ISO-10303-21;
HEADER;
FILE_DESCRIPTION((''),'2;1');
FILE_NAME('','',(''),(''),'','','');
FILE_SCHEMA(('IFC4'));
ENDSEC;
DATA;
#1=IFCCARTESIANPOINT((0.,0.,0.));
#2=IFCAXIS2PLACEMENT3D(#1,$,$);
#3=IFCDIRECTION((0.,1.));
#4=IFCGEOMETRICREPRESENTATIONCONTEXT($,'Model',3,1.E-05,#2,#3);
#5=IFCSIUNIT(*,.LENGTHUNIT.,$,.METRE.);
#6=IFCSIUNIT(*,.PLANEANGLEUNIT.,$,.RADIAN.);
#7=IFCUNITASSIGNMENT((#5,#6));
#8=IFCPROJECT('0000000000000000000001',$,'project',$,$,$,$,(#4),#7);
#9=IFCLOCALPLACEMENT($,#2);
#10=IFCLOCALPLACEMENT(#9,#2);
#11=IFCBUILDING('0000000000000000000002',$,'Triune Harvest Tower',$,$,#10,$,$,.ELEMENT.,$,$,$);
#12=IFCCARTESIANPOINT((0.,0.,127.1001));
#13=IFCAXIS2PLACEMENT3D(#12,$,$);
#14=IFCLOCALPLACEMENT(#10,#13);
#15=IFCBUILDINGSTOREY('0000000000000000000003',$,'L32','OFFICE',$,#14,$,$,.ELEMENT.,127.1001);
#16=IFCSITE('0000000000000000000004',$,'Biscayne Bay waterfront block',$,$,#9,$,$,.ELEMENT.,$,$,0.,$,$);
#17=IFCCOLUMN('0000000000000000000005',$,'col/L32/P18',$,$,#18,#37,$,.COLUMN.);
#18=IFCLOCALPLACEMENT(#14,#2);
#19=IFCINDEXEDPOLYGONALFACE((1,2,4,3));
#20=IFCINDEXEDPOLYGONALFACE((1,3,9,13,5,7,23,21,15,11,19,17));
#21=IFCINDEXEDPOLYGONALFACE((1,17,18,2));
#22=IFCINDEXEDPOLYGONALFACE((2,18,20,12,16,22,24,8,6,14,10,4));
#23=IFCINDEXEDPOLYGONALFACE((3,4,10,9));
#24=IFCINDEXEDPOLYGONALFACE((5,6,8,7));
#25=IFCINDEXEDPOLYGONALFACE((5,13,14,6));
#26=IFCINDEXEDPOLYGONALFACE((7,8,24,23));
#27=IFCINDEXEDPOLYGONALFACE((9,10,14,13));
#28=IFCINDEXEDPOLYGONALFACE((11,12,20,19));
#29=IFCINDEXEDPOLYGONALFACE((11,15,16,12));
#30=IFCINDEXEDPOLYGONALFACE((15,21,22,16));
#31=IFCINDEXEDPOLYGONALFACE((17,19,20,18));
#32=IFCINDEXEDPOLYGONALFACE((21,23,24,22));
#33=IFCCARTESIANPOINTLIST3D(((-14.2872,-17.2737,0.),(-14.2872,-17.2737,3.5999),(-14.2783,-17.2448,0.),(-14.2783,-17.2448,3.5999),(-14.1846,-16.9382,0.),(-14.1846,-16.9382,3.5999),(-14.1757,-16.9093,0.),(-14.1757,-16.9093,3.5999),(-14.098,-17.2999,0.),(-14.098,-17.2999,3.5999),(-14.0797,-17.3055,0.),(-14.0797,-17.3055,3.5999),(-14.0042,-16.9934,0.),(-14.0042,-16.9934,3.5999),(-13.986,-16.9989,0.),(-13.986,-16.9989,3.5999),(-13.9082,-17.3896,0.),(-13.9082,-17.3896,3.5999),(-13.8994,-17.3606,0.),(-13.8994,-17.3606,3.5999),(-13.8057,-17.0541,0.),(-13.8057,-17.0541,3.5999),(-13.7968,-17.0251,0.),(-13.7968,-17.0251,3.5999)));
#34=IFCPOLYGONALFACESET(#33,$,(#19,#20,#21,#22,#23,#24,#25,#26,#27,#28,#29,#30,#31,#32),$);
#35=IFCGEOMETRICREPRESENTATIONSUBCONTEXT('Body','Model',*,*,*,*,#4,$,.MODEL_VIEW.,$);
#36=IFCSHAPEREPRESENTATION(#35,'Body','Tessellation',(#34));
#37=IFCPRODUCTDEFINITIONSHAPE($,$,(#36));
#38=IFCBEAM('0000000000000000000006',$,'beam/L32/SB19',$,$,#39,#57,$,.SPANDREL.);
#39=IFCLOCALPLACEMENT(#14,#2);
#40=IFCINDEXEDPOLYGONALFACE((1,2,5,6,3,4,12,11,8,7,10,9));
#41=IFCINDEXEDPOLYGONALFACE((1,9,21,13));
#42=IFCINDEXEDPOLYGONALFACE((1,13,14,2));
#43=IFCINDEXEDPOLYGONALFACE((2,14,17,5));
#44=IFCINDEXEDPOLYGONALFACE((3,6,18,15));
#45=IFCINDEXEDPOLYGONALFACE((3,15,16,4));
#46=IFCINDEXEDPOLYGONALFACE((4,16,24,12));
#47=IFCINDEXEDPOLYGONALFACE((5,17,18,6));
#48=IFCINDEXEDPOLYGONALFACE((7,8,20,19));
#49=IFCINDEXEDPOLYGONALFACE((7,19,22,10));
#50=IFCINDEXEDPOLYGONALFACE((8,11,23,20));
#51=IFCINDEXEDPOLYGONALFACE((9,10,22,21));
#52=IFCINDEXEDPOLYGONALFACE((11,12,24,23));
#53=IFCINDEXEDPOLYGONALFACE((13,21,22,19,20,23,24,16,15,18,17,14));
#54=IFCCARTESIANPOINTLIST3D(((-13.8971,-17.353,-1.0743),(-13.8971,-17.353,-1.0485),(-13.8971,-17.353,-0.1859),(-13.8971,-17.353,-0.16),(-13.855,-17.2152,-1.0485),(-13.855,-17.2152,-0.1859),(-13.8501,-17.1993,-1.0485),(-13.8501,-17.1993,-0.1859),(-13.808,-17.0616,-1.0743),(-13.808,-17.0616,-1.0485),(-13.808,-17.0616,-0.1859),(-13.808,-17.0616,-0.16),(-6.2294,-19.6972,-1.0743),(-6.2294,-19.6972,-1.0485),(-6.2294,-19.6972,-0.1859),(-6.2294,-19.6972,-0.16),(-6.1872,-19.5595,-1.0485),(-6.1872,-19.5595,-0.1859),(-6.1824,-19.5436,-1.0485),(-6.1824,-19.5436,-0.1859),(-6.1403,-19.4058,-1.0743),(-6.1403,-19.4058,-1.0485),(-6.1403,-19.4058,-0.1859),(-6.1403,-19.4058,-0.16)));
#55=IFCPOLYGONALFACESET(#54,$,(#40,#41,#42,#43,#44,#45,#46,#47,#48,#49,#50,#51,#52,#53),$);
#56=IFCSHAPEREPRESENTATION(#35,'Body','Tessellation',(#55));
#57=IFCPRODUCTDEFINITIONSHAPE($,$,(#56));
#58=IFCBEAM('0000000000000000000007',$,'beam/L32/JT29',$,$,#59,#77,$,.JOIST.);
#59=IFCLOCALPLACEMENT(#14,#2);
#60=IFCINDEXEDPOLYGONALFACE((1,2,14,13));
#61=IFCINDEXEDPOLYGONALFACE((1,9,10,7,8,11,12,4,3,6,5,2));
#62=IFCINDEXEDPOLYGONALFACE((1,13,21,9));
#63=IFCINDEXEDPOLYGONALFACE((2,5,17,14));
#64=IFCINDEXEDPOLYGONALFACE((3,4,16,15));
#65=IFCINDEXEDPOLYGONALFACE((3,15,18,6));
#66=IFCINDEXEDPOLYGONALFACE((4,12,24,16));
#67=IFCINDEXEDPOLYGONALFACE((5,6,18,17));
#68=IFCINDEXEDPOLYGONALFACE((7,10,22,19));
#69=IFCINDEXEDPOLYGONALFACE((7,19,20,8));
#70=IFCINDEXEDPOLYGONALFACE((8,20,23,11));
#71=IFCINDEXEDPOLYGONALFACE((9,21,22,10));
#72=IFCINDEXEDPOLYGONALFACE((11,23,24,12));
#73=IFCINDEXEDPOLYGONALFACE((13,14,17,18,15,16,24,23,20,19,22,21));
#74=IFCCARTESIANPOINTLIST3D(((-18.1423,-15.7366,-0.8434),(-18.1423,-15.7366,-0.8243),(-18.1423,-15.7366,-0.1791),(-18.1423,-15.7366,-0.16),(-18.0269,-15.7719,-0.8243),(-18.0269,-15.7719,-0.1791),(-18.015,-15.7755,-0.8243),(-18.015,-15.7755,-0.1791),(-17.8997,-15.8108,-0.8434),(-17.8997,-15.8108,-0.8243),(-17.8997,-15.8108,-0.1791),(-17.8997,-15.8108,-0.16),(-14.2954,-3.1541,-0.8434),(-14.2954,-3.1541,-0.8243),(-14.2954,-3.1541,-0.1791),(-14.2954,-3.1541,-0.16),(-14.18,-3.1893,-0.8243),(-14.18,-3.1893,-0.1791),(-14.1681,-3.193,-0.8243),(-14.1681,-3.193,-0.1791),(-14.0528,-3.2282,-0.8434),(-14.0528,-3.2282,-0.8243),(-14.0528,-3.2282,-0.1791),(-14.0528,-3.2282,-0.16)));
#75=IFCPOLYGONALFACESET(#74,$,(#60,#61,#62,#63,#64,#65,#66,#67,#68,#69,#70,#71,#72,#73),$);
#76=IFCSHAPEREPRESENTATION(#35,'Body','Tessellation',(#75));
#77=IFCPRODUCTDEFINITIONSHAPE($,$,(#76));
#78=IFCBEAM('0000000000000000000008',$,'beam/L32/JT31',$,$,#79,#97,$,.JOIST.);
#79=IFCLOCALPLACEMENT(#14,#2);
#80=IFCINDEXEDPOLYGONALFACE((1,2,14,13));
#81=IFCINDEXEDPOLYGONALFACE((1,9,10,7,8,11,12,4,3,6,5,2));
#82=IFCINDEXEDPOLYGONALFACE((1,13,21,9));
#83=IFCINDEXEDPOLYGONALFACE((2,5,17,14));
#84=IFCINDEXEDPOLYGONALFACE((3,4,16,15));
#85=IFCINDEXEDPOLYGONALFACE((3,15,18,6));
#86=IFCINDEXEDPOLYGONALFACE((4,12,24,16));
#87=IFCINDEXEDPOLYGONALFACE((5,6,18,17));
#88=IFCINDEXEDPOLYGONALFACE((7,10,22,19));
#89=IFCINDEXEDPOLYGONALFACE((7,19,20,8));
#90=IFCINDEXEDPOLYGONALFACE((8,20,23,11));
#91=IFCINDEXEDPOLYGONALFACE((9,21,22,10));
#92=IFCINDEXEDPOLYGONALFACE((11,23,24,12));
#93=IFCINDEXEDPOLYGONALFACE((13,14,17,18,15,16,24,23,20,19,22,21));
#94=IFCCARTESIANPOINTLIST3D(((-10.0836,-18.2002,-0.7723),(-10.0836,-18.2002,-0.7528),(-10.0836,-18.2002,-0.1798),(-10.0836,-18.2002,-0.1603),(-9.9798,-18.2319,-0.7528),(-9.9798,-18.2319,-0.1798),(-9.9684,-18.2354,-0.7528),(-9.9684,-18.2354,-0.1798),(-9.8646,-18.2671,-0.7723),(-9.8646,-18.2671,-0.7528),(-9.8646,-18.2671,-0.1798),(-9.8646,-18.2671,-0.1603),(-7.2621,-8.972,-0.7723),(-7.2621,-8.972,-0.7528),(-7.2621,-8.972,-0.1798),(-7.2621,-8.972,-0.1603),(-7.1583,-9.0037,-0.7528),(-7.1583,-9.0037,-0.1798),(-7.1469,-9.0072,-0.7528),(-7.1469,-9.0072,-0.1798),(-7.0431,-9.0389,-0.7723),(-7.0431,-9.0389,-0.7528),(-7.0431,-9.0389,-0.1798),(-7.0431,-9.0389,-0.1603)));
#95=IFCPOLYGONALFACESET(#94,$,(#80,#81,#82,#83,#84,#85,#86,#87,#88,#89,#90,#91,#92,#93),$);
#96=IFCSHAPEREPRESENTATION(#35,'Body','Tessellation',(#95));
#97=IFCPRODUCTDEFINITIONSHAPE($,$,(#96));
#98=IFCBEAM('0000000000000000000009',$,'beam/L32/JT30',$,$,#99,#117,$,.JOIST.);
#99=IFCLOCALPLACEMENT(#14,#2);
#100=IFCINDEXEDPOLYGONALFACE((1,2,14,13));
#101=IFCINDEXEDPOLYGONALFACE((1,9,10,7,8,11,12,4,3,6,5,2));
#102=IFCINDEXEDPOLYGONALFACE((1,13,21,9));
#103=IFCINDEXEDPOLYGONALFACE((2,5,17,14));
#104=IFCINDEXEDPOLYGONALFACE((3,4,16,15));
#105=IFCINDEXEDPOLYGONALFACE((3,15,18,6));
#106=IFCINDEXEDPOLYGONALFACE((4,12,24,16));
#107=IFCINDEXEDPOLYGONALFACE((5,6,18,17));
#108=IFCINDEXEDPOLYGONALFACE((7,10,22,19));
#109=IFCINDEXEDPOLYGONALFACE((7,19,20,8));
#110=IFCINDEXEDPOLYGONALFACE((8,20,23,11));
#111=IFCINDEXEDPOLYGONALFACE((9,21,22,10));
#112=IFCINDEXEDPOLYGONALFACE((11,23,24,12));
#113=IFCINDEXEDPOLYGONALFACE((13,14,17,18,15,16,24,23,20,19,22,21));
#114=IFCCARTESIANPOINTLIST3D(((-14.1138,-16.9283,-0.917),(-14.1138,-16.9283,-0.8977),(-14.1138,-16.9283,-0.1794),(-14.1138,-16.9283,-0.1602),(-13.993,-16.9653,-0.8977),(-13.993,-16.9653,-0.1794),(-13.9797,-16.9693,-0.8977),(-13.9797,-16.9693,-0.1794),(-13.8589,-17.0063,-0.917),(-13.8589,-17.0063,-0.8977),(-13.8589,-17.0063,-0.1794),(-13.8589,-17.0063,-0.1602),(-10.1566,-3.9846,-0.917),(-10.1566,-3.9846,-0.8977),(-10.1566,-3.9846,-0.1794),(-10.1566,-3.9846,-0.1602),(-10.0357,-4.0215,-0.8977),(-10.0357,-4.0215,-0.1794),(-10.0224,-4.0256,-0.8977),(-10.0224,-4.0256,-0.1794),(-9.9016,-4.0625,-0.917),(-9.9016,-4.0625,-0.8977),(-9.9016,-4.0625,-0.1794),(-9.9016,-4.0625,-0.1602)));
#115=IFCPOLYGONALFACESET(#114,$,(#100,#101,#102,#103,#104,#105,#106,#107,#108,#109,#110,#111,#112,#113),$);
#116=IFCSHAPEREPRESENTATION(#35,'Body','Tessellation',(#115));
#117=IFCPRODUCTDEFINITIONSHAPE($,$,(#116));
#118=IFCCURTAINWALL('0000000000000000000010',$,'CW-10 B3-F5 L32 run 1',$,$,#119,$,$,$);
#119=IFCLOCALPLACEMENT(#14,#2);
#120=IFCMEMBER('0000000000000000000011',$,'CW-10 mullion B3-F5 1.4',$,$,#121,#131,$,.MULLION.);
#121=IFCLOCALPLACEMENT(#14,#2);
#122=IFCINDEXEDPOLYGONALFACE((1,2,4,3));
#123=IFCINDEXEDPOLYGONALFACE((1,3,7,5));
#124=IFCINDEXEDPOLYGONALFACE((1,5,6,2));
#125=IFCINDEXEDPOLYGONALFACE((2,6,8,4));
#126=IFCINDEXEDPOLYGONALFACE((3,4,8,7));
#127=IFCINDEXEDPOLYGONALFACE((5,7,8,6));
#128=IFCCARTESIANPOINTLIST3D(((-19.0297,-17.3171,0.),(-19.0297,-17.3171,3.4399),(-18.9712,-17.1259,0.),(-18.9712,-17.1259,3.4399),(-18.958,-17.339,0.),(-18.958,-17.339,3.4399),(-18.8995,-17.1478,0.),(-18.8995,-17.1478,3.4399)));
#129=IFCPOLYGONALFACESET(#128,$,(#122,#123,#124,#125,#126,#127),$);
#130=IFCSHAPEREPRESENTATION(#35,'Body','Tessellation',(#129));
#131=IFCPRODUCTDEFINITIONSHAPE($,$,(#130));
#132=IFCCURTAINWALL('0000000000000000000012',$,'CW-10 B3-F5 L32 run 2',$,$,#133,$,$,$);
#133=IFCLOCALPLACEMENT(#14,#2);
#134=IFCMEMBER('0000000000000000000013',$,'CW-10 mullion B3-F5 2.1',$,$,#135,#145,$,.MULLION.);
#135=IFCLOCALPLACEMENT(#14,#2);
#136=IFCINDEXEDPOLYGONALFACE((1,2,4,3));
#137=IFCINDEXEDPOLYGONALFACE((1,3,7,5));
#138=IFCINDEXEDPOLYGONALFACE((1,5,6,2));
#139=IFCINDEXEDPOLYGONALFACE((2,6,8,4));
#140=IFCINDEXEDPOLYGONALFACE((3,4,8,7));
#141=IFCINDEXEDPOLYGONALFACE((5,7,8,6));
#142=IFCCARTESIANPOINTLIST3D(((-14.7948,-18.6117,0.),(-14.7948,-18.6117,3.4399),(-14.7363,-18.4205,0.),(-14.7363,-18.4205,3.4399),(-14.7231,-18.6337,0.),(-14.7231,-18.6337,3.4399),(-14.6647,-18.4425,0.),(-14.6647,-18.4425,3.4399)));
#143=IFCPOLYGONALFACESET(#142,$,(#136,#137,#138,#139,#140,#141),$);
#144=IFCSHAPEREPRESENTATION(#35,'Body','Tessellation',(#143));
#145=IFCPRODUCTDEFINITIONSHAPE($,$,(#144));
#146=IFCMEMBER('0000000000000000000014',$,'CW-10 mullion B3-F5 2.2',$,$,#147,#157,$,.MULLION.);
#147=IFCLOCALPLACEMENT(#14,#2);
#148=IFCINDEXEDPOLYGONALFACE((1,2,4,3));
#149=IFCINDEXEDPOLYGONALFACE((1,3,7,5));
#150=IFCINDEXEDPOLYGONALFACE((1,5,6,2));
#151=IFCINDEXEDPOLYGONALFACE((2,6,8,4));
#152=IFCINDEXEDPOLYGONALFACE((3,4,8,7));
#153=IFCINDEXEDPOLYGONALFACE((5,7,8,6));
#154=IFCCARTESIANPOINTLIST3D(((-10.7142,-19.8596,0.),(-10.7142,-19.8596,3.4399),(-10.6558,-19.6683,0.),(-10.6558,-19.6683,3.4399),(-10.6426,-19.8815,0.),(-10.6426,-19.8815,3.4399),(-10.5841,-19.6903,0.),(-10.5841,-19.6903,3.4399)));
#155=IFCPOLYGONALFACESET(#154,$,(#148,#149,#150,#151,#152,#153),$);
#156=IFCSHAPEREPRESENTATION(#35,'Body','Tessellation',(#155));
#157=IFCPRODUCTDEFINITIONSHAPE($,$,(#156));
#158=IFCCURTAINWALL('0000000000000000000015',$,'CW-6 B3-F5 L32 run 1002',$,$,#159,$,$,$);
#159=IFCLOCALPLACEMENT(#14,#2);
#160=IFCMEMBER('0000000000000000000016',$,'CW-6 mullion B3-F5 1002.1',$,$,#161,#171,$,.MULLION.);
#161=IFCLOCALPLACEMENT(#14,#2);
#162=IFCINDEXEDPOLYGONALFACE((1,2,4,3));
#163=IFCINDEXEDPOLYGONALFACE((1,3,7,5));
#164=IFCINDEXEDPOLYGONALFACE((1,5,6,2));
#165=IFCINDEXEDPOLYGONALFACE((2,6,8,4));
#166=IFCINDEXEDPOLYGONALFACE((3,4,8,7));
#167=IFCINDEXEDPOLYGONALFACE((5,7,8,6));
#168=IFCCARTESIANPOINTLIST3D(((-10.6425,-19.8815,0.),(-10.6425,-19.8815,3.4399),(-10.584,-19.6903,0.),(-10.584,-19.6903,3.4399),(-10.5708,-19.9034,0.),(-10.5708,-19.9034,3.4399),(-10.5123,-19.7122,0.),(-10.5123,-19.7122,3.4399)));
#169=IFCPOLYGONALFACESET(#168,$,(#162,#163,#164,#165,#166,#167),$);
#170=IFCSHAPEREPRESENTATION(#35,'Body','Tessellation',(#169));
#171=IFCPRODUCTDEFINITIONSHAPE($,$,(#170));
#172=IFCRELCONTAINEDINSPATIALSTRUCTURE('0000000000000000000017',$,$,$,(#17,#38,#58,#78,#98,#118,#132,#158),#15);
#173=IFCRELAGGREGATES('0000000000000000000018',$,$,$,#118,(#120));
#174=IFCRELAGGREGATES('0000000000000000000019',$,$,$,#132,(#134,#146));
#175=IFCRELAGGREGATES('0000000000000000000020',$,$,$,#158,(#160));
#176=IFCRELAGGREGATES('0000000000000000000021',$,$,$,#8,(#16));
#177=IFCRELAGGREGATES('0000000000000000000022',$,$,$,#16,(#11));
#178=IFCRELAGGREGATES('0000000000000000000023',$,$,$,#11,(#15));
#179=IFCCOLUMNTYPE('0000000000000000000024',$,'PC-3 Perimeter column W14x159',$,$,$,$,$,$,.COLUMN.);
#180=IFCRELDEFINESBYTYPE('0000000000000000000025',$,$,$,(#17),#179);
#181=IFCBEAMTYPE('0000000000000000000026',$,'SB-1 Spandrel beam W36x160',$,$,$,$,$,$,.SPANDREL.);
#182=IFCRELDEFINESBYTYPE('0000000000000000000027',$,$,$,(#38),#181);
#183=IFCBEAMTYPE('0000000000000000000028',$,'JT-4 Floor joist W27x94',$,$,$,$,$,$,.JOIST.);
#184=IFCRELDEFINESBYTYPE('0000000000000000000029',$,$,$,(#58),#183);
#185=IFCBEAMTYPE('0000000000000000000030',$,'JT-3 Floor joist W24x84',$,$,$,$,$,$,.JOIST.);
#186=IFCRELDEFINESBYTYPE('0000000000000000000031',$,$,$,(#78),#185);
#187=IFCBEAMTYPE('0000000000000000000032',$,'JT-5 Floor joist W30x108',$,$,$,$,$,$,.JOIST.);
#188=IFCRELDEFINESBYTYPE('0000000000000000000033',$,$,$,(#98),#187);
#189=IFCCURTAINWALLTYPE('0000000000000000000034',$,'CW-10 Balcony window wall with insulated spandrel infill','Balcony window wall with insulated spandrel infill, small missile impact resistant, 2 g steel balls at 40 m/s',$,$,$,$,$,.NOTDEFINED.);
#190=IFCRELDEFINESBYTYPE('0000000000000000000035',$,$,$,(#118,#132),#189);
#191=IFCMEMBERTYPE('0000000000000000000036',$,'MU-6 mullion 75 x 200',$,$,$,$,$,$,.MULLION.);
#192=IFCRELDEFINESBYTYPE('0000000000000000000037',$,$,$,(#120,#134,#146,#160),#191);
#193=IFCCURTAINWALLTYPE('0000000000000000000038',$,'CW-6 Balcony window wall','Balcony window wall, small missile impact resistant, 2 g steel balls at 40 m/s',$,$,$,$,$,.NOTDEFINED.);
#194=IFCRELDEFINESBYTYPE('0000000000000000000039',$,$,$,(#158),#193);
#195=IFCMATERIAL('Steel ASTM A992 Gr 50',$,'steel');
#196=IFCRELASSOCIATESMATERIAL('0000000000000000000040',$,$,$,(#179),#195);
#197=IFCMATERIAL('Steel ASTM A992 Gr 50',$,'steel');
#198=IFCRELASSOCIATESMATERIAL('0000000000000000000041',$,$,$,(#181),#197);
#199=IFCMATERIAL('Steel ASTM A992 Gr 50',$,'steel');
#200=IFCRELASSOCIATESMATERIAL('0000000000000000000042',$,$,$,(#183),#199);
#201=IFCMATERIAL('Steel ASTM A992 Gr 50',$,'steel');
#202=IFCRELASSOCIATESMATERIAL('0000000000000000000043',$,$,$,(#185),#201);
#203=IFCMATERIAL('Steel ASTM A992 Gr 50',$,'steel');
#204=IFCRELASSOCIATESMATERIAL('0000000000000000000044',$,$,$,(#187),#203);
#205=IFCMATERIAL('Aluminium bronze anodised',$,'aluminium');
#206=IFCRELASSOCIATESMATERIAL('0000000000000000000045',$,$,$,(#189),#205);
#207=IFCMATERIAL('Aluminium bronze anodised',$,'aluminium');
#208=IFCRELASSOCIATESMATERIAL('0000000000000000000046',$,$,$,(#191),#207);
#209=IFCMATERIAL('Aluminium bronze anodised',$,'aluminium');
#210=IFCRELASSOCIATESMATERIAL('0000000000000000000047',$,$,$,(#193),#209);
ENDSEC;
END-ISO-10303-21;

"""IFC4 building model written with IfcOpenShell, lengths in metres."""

from ifc_helpers import new_model, si_unit, direction, frame, origin, origin_2d, place, context, subcontext, project, spatial, rectangle, i_section, extrude, source, transform, mapped, material, material_profile, profile_set, type_object, element, aggregate, save


model = new_model("IFC4")

# Units and contexts
model_context = context("Model", 3, precision=1e-05, world=origin(), true_north=direction((0.0, 1.0)))
body_context = subcontext(model_context, "Body", "Model", "MODEL_VIEW")
ifc_project = project(units=[si_unit("LENGTHUNIT", "METRE"), si_unit("PLANEANGLEUNIT", "RADIAN")], contexts=[model_context])

# Site, building, storey
site_placement = place(None, origin())
site = spatial("IfcSite", under=ifc_project, at=site_placement, Name="Biscayne Bay waterfront block", CompositionType="ELEMENT", RefElevation=0.0)
building_placement = place(site_placement, origin())
building = spatial("IfcBuilding", under=site, at=building_placement, Name="Triune Harvest Tower", CompositionType="ELEMENT")
storey_placement = place(building_placement, frame((0.0, 0.0, 127.1001)))
storey = spatial("IfcBuildingStorey", under=building, at=storey_placement, Name="L32", Description="OFFICE", CompositionType="ELEMENT", Elevation=127.1001)

# Column
ifc_material_1 = material(Name="Steel ASTM A992 Gr 50", Category="steel")
ifc_material_profile_1 = material_profile(ifc_material_1, i_section(OverallWidth=0.3962, OverallDepth=0.3811, WebThickness=0.019, FlangeThickness=0.0303, at=origin_2d()), Name="W14x159")
ifc_profile_set_1 = profile_set([ifc_material_profile_1], Name="Steel ASTM A992 Gr 50")
column_type = type_object("IfcColumnType", Name="PC-3 Perimeter column W14x159", PredefinedType="COLUMN", material=ifc_profile_set_1)
shared_shape_1 = source(origin(), body_context, "Body", "SweptSolid", [
    extrude(i_section(OverallWidth=0.3962, OverallDepth=0.3811, WebThickness=0.019, FlangeThickness=0.0303, at=origin_2d()), origin(), (0.0, 0.0, 1.0), 3.5999),
])
column_placement = place(storey_placement, frame((-14.042, -17.1494, 0.0), z_axis=(0.0, 0.0, 1.0), x_axis=(0.956305, -0.292372, 0.0)))
element("IfcColumn", 1, at=column_placement, inside=storey, type_object=column_type, Name="col/L32/P18", PredefinedType="COLUMN", context=body_context, shape_type="MappedRepresentation", body=[
    mapped(shared_shape_1, transform((0.0, 0.0, 0.0), scale=1.0)),
])

# Beams
ifc_material_2 = material(Name="Steel ASTM A992 Gr 50", Category="steel")
ifc_material_profile_2 = material_profile(ifc_material_2, i_section(OverallWidth=0.3047, OverallDepth=0.9143, WebThickness=0.0166, FlangeThickness=0.0259, at=origin_2d()), Name="W36x160")
ifc_profile_set_2 = profile_set([ifc_material_profile_2], Name="Steel ASTM A992 Gr 50")
beam_type_1 = type_object("IfcBeamType", Name="SB-1 Spandrel beam W36x160", PredefinedType="SPANDREL", material=ifc_profile_set_2)
shared_shape_2 = source(origin(), body_context, "Body", "SweptSolid", [
    extrude(i_section(OverallWidth=0.3047, OverallDepth=0.9143, WebThickness=0.0166, FlangeThickness=0.0259, at=origin_2d()), origin(), (0.0, 0.0, 1.0), 8.0181),
])
beam_1_placement = place(storey_placement, frame((-13.8525, -17.2073, -0.6172), z_axis=(0.956305, -0.292369, 0.0), x_axis=(0.292369, 0.956305, 0.0)))
element("IfcBeam", 2, at=beam_1_placement, inside=storey, type_object=beam_type_1, Name="beam/L32/SB19", PredefinedType="SPANDREL", context=body_context, shape_type="MappedRepresentation", body=[
    mapped(shared_shape_2, transform((0.0, 0.0, 0.0), scale=1.0)),
])
ifc_material_3 = material(Name="Steel ASTM A992 Gr 50", Category="steel")
ifc_material_profile_3 = material_profile(ifc_material_3, i_section(OverallWidth=0.2537, OverallDepth=0.6833, WebThickness=0.0125, FlangeThickness=0.019, at=origin_2d()), Name="W27x94")
ifc_profile_set_3 = profile_set([ifc_material_profile_3], Name="Steel ASTM A992 Gr 50")
beam_type_2 = type_object("IfcBeamType", Name="JT-4 Floor joist W27x94", PredefinedType="JOIST", material=ifc_profile_set_3)
shared_shape_3 = source(origin(), body_context, "Body", "SweptSolid", [
    extrude(i_section(OverallWidth=0.2537, OverallDepth=0.6833, WebThickness=0.0125, FlangeThickness=0.019, at=origin_2d()), origin(), (0.0, 0.0, 1.0), 13.1575),
])
beam_2_placement = place(storey_placement, frame((-18.021, -15.7737, -0.5017), z_axis=(0.292376, 0.956303, 0.0), x_axis=(-0.956303, 0.292376, 0.0)))
element("IfcBeam", 3, at=beam_2_placement, inside=storey, type_object=beam_type_2, Name="beam/L32/JT29", PredefinedType="JOIST", context=body_context, shape_type="MappedRepresentation", body=[
    mapped(shared_shape_3, transform((0.0, 0.0, 0.0), scale=1.0)),
])
ifc_material_4 = material(Name="Steel ASTM A992 Gr 50", Category="steel")
ifc_material_profile_4 = material_profile(ifc_material_4, i_section(OverallWidth=0.229, OverallDepth=0.6121, WebThickness=0.012, FlangeThickness=0.0195, at=origin_2d()), Name="W24x84")
ifc_profile_set_4 = profile_set([ifc_material_profile_4], Name="Steel ASTM A992 Gr 50")
beam_type_3 = type_object("IfcBeamType", Name="JT-3 Floor joist W24x84", PredefinedType="JOIST", material=ifc_profile_set_4)
shared_shape_4 = source(origin(), body_context, "Body", "SweptSolid", [
    extrude(i_section(OverallWidth=0.229, OverallDepth=0.6121, WebThickness=0.012, FlangeThickness=0.0195, at=origin_2d()), origin(), (0.0, 0.0, 1.0), 9.6499),
])
beam_3_placement = place(storey_placement, frame((-9.9741, -18.2336, -0.4663), z_axis=(0.292388, 0.9563, 0.0), x_axis=(-0.9563, 0.292388, 0.0)))
element("IfcBeam", 4, at=beam_3_placement, inside=storey, type_object=beam_type_3, Name="beam/L32/JT31", PredefinedType="JOIST", context=body_context, shape_type="MappedRepresentation", body=[
    mapped(shared_shape_4, transform((0.0, 0.0, 0.0), scale=1.0)),
])
ifc_material_5 = material(Name="Steel ASTM A992 Gr 50", Category="steel")
ifc_material_profile_5 = material_profile(ifc_material_5, i_section(OverallWidth=0.2666, OverallDepth=0.7568, WebThickness=0.0139, FlangeThickness=0.0193, at=origin_2d()), Name="W30x108")
ifc_profile_set_5 = profile_set([ifc_material_profile_5], Name="Steel ASTM A992 Gr 50")
beam_type_4 = type_object("IfcBeamType", Name="JT-5 Floor joist W30x108", PredefinedType="JOIST", material=ifc_profile_set_5)
shared_shape_5 = source(origin(), body_context, "Body", "SweptSolid", [
    extrude(i_section(OverallWidth=0.2666, OverallDepth=0.7568, WebThickness=0.0139, FlangeThickness=0.0193, at=origin_2d()), origin(), (0.0, 0.0, 1.0), 13.5352),
])
beam_4_placement = place(storey_placement, frame((-13.9863, -16.9673, -0.5386), z_axis=(0.292368, 0.956306, 0.0), x_axis=(-0.956306, 0.292368, 0.0)))
element("IfcBeam", 5, at=beam_4_placement, inside=storey, type_object=beam_type_4, Name="beam/L32/JT30", PredefinedType="JOIST", context=body_context, shape_type="MappedRepresentation", body=[
    mapped(shared_shape_5, transform((0.0, 0.0, 0.0), scale=1.0)),
])

# Curtain wall, member
ifc_material_6 = material(Name="Aluminium bronze anodised", Category="aluminium")
curtain_wall_type_1 = type_object("IfcCurtainWallType", Name="CW-10 Balcony window wall with insulated spandrel infill", Description="Balcony window wall with insulated spandrel infill, small missile impact resistant, 2 g steel balls at 40 m/s", PredefinedType="NOTDEFINED", material=ifc_material_6)
curtain_wall_1_placement = place(storey_placement, origin())
curtain_wall_1 = element("IfcCurtainWall", 6, at=curtain_wall_1_placement, inside=storey, type_object=curtain_wall_type_1, Name="CW-10 B3-F5 L32 run 1")
ifc_material_7 = material(Name="Aluminium bronze anodised", Category="aluminium")
ifc_material_profile_6 = material_profile(ifc_material_7, rectangle(XDim=0.2, YDim=0.075, at=origin_2d()), Name="MU-6 mullion 75 x 200")
ifc_profile_set_6 = profile_set([ifc_material_profile_6], Name="Aluminium bronze anodised")
member_type_1 = type_object("IfcMemberType", Name="MU-6 mullion 75 x 200", PredefinedType="MULLION", material=ifc_profile_set_6)
shared_shape_6 = source(origin(), body_context, "Body", "SweptSolid", [
    extrude(rectangle(XDim=0.2, YDim=0.075, at=origin_2d()), origin(), (0.0, 0.0, 1.0), 3.4399),
])
member_1_placement = place(storey_placement, frame((-18.9646, -17.2324, 0.0), z_axis=(0.0, 0.0, 1.0), x_axis=(0.292373, 0.956304, 0.0)))
member_1 = element("IfcMember", 7, at=member_1_placement, type_object=member_type_1, Name="CW-10 mullion B3-F5 1.4", PredefinedType="MULLION", context=body_context, shape_type="MappedRepresentation", body=[
    mapped(shared_shape_6, transform((0.0, 0.0, 0.0), scale=1.0)),
])
aggregate(curtain_wall_1, [member_1])

# Curtain wall, members
curtain_wall_2_placement = place(storey_placement, origin())
curtain_wall_2 = element("IfcCurtainWall", 8, at=curtain_wall_2_placement, inside=storey, type_object=curtain_wall_type_1, Name="CW-10 B3-F5 L32 run 2")
member_2_placement = place(storey_placement, frame((-14.7297, -18.5271, 0.0), z_axis=(0.0, 0.0, 1.0), x_axis=(0.292387, 0.9563, 0.0)))
member_2 = element("IfcMember", 9, at=member_2_placement, type_object=member_type_1, Name="CW-10 mullion B3-F5 2.1", PredefinedType="MULLION", context=body_context, shape_type="MappedRepresentation", body=[
    mapped(shared_shape_6, transform((0.0, 0.0, 0.0), scale=1.0)),
])
member_3_placement = place(storey_placement, frame((-10.6492, -19.7749, 0.0), z_axis=(0.0, 0.0, 1.0), x_axis=(0.292387, 0.9563, 0.0)))
member_3 = element("IfcMember", 10, at=member_3_placement, type_object=member_type_1, Name="CW-10 mullion B3-F5 2.2", PredefinedType="MULLION", context=body_context, shape_type="MappedRepresentation", body=[
    mapped(shared_shape_6, transform((0.0, 0.0, 0.0), scale=1.0)),
])

# Curtain wall, member
ifc_material_8 = material(Name="Aluminium bronze anodised", Category="aluminium")
curtain_wall_type_2 = type_object("IfcCurtainWallType", Name="CW-6 Balcony window wall", Description="Balcony window wall, small missile impact resistant, 2 g steel balls at 40 m/s", PredefinedType="NOTDEFINED", material=ifc_material_8)
curtain_wall_3_placement = place(storey_placement, origin())
curtain_wall_3 = element("IfcCurtainWall", 11, at=curtain_wall_3_placement, inside=storey, type_object=curtain_wall_type_2, Name="CW-6 B3-F5 L32 run 1002")
member_4_placement = place(storey_placement, frame((-10.5774, -19.7969, 0.0), z_axis=(0.0, 0.0, 1.0), x_axis=(0.292368, 0.956306, 0.0)))
member_4 = element("IfcMember", 12, at=member_4_placement, type_object=member_type_1, Name="CW-6 mullion B3-F5 1002.1", PredefinedType="MULLION", context=body_context, shape_type="MappedRepresentation", body=[
    mapped(shared_shape_6, transform((0.0, 0.0, 0.0), scale=1.0)),
])

aggregate(curtain_wall_2, [member_2, member_3])
aggregate(curtain_wall_3, [member_4])

save(model, "model.ifc")
